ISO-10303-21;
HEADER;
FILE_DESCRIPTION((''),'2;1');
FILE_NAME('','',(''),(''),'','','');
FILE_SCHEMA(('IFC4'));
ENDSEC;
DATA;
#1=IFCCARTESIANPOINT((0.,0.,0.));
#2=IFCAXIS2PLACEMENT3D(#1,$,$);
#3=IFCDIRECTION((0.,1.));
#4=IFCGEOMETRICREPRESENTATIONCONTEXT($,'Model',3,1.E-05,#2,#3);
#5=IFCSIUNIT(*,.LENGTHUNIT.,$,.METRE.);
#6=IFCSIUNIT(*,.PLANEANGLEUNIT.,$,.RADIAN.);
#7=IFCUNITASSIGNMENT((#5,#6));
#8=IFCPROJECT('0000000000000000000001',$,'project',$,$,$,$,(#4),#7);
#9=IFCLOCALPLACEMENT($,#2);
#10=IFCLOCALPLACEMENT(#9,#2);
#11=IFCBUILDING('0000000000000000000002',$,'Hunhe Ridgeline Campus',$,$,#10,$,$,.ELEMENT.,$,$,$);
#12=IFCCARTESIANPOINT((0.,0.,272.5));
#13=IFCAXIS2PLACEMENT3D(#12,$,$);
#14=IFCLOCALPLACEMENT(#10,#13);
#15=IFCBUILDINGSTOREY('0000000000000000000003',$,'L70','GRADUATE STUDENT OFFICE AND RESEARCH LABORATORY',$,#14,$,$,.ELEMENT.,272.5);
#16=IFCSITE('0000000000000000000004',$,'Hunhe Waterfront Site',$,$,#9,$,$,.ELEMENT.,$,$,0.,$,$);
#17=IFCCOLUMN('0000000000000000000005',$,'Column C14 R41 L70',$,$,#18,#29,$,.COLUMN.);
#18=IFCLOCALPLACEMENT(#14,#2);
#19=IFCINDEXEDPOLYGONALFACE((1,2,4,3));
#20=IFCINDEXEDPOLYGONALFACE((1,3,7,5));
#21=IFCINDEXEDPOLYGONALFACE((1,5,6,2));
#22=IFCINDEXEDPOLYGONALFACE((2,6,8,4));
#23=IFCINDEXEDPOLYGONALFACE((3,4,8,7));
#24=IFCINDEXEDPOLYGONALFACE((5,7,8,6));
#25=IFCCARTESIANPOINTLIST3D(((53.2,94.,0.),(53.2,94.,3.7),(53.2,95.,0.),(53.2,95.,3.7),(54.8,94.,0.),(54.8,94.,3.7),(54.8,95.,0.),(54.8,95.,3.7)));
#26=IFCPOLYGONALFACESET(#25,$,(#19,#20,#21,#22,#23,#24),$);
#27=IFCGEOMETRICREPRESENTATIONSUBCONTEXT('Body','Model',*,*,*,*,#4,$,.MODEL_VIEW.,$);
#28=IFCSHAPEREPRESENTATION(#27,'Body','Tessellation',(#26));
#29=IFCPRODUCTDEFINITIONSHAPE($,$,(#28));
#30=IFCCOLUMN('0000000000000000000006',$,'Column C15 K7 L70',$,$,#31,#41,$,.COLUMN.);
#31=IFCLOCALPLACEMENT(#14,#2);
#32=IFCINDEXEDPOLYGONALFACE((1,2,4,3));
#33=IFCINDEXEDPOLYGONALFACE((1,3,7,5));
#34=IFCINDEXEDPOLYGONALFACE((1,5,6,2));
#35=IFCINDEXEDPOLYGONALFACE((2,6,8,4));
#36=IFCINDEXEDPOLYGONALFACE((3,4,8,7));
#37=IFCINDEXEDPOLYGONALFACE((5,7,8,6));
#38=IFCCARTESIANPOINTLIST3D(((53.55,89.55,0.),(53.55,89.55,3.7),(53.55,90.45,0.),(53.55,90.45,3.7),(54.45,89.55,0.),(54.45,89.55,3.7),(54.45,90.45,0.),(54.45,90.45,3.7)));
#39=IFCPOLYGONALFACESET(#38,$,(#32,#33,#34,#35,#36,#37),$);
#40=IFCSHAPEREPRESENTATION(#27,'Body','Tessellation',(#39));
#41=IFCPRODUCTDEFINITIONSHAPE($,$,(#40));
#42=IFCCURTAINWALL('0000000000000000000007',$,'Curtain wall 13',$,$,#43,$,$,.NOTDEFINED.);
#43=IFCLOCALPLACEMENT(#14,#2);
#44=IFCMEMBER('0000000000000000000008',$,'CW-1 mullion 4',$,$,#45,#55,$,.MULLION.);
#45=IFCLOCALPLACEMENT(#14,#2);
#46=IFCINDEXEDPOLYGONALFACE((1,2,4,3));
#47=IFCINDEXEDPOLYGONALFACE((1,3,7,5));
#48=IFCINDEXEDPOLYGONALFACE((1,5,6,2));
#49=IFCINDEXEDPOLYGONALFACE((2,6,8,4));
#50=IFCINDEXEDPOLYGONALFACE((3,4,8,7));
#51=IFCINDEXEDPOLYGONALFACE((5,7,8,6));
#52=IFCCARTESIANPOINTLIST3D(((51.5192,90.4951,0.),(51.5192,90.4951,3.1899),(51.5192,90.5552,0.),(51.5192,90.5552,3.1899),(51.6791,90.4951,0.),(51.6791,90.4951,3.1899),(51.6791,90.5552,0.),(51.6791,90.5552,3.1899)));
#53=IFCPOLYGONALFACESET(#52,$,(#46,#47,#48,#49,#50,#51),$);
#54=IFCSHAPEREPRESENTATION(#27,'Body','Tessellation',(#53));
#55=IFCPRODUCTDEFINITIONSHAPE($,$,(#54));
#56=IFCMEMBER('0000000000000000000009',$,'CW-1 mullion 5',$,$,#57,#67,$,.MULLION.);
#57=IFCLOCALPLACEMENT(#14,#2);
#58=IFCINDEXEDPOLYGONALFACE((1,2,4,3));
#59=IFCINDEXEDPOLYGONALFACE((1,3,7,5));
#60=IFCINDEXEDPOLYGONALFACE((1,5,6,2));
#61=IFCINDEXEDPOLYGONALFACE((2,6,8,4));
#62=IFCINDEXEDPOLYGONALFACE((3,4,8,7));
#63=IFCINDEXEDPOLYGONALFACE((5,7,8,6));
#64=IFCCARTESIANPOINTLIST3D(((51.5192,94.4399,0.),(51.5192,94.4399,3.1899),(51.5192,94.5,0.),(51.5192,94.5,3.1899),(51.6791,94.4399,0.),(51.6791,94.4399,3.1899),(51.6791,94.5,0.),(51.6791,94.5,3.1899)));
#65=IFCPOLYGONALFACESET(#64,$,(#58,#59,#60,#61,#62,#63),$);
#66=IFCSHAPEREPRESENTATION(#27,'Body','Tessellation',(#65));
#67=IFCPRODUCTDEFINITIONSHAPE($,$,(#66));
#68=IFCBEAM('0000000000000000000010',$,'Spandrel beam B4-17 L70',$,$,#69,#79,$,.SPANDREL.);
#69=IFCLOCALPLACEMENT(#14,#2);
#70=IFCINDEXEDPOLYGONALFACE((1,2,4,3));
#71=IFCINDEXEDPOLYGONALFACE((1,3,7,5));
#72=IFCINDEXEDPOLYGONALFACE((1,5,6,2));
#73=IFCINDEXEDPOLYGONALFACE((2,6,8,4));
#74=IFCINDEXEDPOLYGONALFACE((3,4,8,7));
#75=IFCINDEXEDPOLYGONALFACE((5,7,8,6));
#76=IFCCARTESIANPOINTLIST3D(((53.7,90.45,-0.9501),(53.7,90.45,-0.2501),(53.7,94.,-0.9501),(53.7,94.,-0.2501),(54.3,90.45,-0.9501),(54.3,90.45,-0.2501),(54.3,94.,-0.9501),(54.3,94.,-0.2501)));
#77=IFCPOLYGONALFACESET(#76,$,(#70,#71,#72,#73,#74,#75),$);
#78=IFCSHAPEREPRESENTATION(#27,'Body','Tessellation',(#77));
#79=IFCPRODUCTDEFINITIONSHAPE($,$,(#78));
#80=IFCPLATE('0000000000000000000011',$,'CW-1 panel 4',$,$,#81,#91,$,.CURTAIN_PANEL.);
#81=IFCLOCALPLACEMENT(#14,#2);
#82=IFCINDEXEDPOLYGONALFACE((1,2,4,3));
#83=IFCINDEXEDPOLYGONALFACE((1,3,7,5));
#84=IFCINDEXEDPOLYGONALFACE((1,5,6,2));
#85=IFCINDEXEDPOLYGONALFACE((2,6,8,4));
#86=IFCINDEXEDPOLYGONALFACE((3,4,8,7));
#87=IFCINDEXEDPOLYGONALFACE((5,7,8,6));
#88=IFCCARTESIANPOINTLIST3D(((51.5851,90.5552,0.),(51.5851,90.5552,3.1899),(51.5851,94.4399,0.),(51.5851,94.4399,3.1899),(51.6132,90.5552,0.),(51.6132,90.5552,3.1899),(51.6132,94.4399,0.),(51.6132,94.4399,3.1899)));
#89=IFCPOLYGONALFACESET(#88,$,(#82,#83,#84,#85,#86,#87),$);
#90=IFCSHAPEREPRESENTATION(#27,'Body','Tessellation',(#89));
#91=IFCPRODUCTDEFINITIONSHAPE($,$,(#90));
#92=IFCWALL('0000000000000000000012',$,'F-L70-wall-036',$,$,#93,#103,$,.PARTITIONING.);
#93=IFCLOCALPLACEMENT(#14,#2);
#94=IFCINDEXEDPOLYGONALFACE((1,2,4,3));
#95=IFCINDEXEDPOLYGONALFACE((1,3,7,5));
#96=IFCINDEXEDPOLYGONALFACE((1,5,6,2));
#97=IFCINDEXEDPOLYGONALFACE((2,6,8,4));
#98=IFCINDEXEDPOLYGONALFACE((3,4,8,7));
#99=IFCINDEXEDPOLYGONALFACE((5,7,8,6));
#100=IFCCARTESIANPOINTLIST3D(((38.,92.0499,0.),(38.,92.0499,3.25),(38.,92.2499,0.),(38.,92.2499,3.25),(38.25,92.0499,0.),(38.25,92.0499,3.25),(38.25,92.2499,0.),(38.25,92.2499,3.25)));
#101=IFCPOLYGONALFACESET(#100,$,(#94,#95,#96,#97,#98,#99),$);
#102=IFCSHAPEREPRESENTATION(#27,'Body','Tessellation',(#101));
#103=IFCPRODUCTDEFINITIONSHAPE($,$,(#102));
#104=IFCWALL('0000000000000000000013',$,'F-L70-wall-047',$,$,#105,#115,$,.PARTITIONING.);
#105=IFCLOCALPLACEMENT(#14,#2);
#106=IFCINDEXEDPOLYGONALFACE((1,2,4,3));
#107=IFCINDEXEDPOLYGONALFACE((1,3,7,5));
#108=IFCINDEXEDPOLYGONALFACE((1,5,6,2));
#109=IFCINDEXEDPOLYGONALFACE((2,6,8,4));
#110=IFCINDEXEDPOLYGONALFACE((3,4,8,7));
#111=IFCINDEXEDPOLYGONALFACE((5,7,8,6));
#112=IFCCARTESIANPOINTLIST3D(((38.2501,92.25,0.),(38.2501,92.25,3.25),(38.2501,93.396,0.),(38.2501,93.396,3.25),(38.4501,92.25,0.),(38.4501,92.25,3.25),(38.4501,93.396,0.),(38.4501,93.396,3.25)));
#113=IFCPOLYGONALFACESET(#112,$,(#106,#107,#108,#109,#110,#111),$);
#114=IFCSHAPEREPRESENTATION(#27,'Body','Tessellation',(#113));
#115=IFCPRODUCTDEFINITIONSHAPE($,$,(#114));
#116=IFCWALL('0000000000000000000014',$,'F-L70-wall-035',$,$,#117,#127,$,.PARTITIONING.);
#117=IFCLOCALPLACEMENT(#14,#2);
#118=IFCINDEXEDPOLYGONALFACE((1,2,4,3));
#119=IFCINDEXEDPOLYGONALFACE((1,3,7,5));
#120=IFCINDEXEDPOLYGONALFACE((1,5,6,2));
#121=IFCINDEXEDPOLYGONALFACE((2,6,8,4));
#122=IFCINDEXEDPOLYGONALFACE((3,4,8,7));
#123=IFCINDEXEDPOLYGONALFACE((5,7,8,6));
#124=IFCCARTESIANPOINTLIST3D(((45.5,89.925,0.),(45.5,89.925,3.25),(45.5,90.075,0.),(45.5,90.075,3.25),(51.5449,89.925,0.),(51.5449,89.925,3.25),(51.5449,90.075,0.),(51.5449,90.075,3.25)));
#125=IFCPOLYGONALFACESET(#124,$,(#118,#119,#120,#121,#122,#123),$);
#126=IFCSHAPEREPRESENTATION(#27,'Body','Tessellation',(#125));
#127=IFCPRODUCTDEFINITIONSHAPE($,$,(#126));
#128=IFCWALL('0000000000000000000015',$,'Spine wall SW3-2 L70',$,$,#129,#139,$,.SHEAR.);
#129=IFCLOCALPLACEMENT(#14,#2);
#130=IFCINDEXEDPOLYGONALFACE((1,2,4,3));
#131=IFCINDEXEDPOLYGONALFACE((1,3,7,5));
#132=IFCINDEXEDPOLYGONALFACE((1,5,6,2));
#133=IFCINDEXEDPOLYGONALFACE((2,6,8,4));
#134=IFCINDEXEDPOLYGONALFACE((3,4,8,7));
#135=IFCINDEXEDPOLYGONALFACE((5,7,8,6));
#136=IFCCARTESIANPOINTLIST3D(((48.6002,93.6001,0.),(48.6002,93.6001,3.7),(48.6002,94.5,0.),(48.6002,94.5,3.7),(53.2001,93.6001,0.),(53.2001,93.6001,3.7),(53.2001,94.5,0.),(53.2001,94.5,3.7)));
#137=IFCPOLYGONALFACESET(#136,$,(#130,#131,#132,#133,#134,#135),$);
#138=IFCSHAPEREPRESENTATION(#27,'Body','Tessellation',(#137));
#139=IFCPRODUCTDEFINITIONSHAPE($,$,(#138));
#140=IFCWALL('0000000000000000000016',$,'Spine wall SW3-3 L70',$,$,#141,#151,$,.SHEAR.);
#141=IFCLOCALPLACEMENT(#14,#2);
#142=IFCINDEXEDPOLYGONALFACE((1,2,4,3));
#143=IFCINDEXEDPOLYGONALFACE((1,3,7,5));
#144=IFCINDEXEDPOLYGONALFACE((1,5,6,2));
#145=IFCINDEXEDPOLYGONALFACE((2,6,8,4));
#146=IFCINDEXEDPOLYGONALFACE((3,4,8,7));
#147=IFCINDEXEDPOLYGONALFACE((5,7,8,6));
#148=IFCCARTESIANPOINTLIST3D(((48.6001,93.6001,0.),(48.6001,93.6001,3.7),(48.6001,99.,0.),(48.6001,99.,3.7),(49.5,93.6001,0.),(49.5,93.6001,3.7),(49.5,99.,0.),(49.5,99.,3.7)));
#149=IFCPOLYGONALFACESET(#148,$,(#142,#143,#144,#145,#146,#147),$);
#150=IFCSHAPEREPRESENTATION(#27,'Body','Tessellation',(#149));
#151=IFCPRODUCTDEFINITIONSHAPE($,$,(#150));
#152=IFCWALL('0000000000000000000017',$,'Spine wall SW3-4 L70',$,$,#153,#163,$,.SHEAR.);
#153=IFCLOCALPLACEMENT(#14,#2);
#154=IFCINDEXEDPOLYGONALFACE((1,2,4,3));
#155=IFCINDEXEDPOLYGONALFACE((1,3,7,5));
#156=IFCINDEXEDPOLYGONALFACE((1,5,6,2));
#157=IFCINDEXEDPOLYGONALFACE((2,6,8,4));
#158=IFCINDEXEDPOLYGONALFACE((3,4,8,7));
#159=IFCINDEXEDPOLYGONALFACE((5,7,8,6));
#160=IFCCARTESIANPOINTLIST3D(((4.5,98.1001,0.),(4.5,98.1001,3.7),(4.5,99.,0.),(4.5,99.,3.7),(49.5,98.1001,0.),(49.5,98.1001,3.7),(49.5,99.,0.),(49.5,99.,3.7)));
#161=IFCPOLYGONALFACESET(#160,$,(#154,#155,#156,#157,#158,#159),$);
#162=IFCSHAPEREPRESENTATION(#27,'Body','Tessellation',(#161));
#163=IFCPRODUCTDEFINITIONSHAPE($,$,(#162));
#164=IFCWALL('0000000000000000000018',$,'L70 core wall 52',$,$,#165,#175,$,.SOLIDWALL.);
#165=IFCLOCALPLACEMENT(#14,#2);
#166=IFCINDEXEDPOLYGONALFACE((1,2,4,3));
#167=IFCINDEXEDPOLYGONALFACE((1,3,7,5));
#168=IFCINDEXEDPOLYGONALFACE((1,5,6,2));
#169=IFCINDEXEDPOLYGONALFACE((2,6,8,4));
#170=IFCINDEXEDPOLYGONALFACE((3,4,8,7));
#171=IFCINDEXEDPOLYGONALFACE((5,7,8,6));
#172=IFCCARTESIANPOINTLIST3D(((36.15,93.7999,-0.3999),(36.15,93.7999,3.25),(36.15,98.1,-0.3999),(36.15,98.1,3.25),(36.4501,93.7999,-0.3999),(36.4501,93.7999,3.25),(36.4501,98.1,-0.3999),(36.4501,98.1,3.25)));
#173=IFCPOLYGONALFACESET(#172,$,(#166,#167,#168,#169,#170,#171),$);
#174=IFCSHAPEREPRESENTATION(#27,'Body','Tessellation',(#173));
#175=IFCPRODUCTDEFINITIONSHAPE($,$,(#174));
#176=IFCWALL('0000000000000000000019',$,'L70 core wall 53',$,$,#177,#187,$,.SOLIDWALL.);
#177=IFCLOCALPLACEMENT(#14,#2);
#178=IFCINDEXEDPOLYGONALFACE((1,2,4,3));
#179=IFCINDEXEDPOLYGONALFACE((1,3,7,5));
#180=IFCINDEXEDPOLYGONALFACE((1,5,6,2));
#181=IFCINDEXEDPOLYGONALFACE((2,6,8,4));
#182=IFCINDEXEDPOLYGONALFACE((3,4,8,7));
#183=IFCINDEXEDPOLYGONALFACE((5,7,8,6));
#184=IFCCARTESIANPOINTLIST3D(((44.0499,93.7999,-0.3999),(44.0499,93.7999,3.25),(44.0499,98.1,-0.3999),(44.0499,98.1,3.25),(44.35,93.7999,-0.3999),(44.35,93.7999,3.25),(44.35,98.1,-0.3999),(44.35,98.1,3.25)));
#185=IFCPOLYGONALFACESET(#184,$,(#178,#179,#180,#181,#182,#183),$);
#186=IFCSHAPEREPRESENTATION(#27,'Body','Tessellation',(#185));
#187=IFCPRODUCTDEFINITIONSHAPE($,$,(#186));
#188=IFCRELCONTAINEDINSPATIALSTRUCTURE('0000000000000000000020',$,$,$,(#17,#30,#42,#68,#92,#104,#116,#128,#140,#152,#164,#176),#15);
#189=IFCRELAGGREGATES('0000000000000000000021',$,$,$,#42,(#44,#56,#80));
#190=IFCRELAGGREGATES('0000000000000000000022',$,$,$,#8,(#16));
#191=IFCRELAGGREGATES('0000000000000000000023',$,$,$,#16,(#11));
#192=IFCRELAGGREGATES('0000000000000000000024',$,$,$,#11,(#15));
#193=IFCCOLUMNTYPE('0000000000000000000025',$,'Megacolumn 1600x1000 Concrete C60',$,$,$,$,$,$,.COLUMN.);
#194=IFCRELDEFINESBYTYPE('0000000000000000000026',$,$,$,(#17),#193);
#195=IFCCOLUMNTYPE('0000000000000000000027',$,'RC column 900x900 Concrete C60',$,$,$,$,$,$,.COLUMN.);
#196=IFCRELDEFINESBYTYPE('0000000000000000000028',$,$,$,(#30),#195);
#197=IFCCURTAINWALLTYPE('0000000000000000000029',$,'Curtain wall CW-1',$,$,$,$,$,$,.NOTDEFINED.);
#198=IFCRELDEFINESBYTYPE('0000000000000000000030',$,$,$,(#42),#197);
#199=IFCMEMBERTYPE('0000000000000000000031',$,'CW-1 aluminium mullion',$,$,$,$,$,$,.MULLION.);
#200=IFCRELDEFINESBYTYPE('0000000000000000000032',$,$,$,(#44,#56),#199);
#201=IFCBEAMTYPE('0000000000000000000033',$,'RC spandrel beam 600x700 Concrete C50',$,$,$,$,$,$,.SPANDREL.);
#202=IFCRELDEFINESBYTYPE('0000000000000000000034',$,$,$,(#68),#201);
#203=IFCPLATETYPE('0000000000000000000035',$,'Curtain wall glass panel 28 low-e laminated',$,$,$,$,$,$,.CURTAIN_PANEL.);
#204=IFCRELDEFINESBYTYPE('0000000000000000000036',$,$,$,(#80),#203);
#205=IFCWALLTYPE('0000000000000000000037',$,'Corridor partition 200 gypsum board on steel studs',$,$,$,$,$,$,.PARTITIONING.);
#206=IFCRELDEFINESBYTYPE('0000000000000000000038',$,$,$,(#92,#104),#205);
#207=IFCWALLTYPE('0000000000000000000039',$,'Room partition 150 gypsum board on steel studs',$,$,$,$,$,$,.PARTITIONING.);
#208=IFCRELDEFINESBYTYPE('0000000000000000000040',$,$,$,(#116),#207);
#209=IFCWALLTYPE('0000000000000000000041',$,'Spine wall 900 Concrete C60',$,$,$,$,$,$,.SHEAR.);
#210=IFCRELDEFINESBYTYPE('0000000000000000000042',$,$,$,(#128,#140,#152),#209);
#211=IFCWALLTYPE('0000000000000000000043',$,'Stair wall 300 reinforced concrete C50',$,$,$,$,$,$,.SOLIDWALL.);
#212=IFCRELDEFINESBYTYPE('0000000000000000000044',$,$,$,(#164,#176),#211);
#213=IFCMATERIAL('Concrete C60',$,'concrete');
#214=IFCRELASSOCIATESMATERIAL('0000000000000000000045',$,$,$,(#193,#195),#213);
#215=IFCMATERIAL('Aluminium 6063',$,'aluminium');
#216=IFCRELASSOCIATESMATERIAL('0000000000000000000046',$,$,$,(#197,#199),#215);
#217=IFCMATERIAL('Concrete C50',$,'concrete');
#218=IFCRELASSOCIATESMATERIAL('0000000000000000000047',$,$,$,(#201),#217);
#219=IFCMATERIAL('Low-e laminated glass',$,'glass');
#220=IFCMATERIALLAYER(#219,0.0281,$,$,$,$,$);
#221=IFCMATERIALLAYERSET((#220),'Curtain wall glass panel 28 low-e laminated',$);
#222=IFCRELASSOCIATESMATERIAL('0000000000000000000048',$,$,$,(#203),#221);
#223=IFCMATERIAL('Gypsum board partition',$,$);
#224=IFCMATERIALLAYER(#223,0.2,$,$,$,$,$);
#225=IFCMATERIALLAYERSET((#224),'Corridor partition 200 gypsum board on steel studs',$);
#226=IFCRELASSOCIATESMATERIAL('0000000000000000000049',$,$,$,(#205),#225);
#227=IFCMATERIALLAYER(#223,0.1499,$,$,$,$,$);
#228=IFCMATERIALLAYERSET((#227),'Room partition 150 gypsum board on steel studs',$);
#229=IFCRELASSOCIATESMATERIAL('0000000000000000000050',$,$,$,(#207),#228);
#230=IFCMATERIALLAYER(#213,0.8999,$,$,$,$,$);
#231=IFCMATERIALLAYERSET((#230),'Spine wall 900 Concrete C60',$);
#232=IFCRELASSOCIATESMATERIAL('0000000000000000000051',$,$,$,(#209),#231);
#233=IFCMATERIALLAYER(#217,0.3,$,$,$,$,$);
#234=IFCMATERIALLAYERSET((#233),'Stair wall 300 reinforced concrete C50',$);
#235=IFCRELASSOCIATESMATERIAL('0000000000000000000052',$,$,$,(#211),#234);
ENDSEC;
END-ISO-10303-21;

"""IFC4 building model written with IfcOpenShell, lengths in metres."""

from ifc_helpers import new_model, si_unit, direction, frame, frame_2d, origin, origin_2d, place, context, subcontext, project, spatial, rectangle, extrude, material, layer, layer_set, material_profile, profile_set, type_object, element, aggregate, save


model = new_model("IFC4")

# Units and contexts
model_context = context("Model", 3, precision=1e-05, world=origin(), true_north=direction((0.0, 1.0)))
body_context = subcontext(model_context, "Body", "Model", "MODEL_VIEW")
ifc_project = project(units=[si_unit("LENGTHUNIT", "METRE"), si_unit("PLANEANGLEUNIT", "RADIAN")], contexts=[model_context])

# Site, building, storey
site_placement = place(None, origin())
site = spatial("IfcSite", under=ifc_project, at=site_placement, Name="Hunhe Waterfront Site", CompositionType="ELEMENT", RefElevation=0.0)
building_placement = place(site_placement, origin())
building = spatial("IfcBuilding", under=site, at=building_placement, Name="Hunhe Ridgeline Campus", CompositionType="ELEMENT")
storey_placement = place(building_placement, frame((0.0, 0.0, 272.5)))
storey = spatial("IfcBuildingStorey", under=building, at=storey_placement, Name="L70", Description="GRADUATE STUDENT OFFICE AND RESEARCH LABORATORY", CompositionType="ELEMENT", Elevation=272.5)

# Columns
ifc_material_1 = material(Name="Concrete C60", Category="concrete")
ifc_material_profile_1 = material_profile(ifc_material_1, rectangle(XDim=1.6001, YDim=1.0, at=origin_2d()))
ifc_profile_set_1 = profile_set([ifc_material_profile_1], Name="Concrete C60")
column_type_1 = type_object("IfcColumnType", Name="Megacolumn 1600x1000 Concrete C60", PredefinedType="COLUMN", material=ifc_profile_set_1)
column_1_placement = place(storey_placement, frame((54.0, 94.5, 0.0), z_axis=(0.0, 0.0, 1.0), x_axis=(1.0, 0.0, 0.0)))
element("IfcColumn", 1, at=column_1_placement, inside=storey, type_object=column_type_1, Name="Column C14 R41 L70", PredefinedType="COLUMN", context=body_context, shape_type="SweptSolid", body=[
    extrude(rectangle(XDim=1.6001, YDim=1.0, at=origin_2d()), origin(), (0.0, 0.0, 1.0), 3.7),
])
ifc_material_profile_2 = material_profile(ifc_material_1, rectangle(XDim=0.8999, YDim=0.8999, at=origin_2d()))
ifc_profile_set_2 = profile_set([ifc_material_profile_2], Name="Concrete C60")
column_type_2 = type_object("IfcColumnType", Name="RC column 900x900 Concrete C60", PredefinedType="COLUMN", material=ifc_profile_set_2)
column_2_placement = place(storey_placement, frame((54.0, 90.0, 0.0), z_axis=(0.0, 0.0, 1.0), x_axis=(1.0, 0.0, 0.0)))
element("IfcColumn", 2, at=column_2_placement, inside=storey, type_object=column_type_2, Name="Column C15 K7 L70", PredefinedType="COLUMN", context=body_context, shape_type="SweptSolid", body=[
    extrude(rectangle(XDim=0.8999, YDim=0.8999, at=origin_2d()), origin(), (0.0, 0.0, 1.0), 3.7),
])

# Curtain wall, members
ifc_material_2 = material(Name="Aluminium 6063", Category="aluminium")
curtain_wall_type = type_object("IfcCurtainWallType", Name="Curtain wall CW-1", PredefinedType="NOTDEFINED", material=ifc_material_2)
curtain_wall_placement = place(storey_placement, origin())
curtain_wall = element("IfcCurtainWall", 3, at=curtain_wall_placement, inside=storey, type_object=curtain_wall_type, Name="Curtain wall 13", PredefinedType="NOTDEFINED")
ifc_material_profile_3 = material_profile(ifc_material_2, rectangle(XDim=0.1599, YDim=0.0601, at=origin_2d()))
ifc_profile_set_3 = profile_set([ifc_material_profile_3], Name="Aluminium 6063")
member_type = type_object("IfcMemberType", Name="CW-1 aluminium mullion", PredefinedType="MULLION", material=ifc_profile_set_3)
member_1_placement = place(storey_placement, frame((51.5991, 90.5251, 0.0), z_axis=(0.0, 0.0, 1.0), x_axis=(-1.0, 0.0, 0.0)))
member_1 = element("IfcMember", 4, at=member_1_placement, type_object=member_type, Name="CW-1 mullion 4", PredefinedType="MULLION", context=body_context, shape_type="SweptSolid", body=[
    extrude(rectangle(XDim=0.1599, YDim=0.0601, at=origin_2d()), origin(), (0.0, 0.0, 1.0), 3.1899),
])
member_2_placement = place(storey_placement, frame((51.5991, 94.47, 0.0), z_axis=(0.0, 0.0, 1.0), x_axis=(-1.0, 0.0, 0.0)))
member_2 = element("IfcMember", 5, at=member_2_placement, type_object=member_type, Name="CW-1 mullion 5", PredefinedType="MULLION", context=body_context, shape_type="SweptSolid", body=[
    extrude(rectangle(XDim=0.1599, YDim=0.0601, at=origin_2d()), origin(), (0.0, 0.0, 1.0), 3.1899),
])

# Beam
ifc_material_3 = material(Name="Concrete C50", Category="concrete")
ifc_material_profile_4 = material_profile(ifc_material_3, rectangle(XDim=0.6001, YDim=0.7, at=origin_2d()))
ifc_profile_set_4 = profile_set([ifc_material_profile_4], Name="Concrete C50")
beam_type = type_object("IfcBeamType", Name="RC spandrel beam 600x700 Concrete C50", PredefinedType="SPANDREL", material=ifc_profile_set_4)
beam_placement = place(storey_placement, frame((54.0, 90.45, -0.6001), z_axis=(0.0, 1.0, 0.0), x_axis=(-1.0, 0.0, 0.0)))
element("IfcBeam", 6, at=beam_placement, inside=storey, type_object=beam_type, Name="Spandrel beam B4-17 L70", PredefinedType="SPANDREL", context=body_context, shape_type="SweptSolid", body=[
    extrude(rectangle(XDim=0.6001, YDim=0.7, at=origin_2d()), origin(), (0.0, 0.0, 1.0), 3.55),
])

# Plate
ifc_material_4 = material(Name="Low-e laminated glass", Category="glass")
ifc_layer_1 = layer(ifc_material_4, 0.0281)
ifc_layer_set_1 = layer_set([ifc_layer_1], Name="Curtain wall glass panel 28 low-e laminated")
plate_type = type_object("IfcPlateType", Name="Curtain wall glass panel 28 low-e laminated", PredefinedType="CURTAIN_PANEL", material=ifc_layer_set_1)
plate_placement = place(storey_placement, frame((51.5991, 92.4976, 0.0), z_axis=(0.0, 0.0, 1.0), x_axis=(0.0, 1.0, 0.0)))
plate = element("IfcPlate", 7, at=plate_placement, type_object=plate_type, Name="CW-1 panel 4", PredefinedType="CURTAIN_PANEL", context=body_context, shape_type="SweptSolid", body=[
    extrude(rectangle(XDim=3.8848, YDim=0.0281, at=origin_2d()), origin(), (0.0, 0.0, 1.0), 3.1899),
])
aggregate(curtain_wall, [member_1, member_2, plate])

# Wall
ifc_material_5 = material(Name="Gypsum board partition")
ifc_layer_2 = layer(ifc_material_5, 0.2)
ifc_layer_set_2 = layer_set([ifc_layer_2], Name="Corridor partition 200 gypsum board on steel studs")
wall_type_1 = type_object("IfcWallType", Name="Corridor partition 200 gypsum board on steel studs", PredefinedType="PARTITIONING", material=ifc_layer_set_2)
wall_1_placement = place(storey_placement, frame((38.25, 92.1499, 0.0), z_axis=(0.0, 0.0, 1.0), x_axis=(-1.0, 0.0, 0.0)))
element("IfcWall", 8, at=wall_1_placement, inside=storey, type_object=wall_type_1, Name="F-L70-wall-036", PredefinedType="PARTITIONING", context=body_context, shape_type="SweptSolid", body=[
    extrude(rectangle(XDim=0.25, YDim=0.2, at=frame_2d((0.125, 0.0))), origin(), (0.0, 0.0, 1.0), 3.25),
])

# Walls
wall_2_placement = place(storey_placement, frame((38.3501, 93.396, 0.0), z_axis=(0.0, 0.0, 1.0), x_axis=(0.0, -1.0, 0.0)))
element("IfcWall", 9, at=wall_2_placement, inside=storey, type_object=wall_type_1, Name="F-L70-wall-047", PredefinedType="PARTITIONING", context=body_context, shape_type="SweptSolid", body=[
    extrude(rectangle(XDim=1.146, YDim=0.2, at=frame_2d((0.573, 0.0))), origin(), (0.0, 0.0, 1.0), 3.25),
])
ifc_layer_3 = layer(ifc_material_5, 0.1499)
ifc_layer_set_3 = layer_set([ifc_layer_3], Name="Room partition 150 gypsum board on steel studs")
wall_type_2 = type_object("IfcWallType", Name="Room partition 150 gypsum board on steel studs", PredefinedType="PARTITIONING", material=ifc_layer_set_3)
wall_3_placement = place(storey_placement, frame((45.5, 90.0, 0.0), z_axis=(0.0, 0.0, 1.0), x_axis=(1.0, 0.0, 0.0)))
element("IfcWall", 10, at=wall_3_placement, inside=storey, type_object=wall_type_2, Name="F-L70-wall-035", PredefinedType="PARTITIONING", context=body_context, shape_type="SweptSolid", body=[
    extrude(rectangle(XDim=6.0449, YDim=0.1499, at=frame_2d((3.0225, 0.0))), origin(), (0.0, 0.0, 1.0), 3.25),
])
ifc_layer_4 = layer(ifc_material_1, 0.8999)
ifc_layer_set_4 = layer_set([ifc_layer_4], Name="Spine wall 900 Concrete C60")
wall_type_3 = type_object("IfcWallType", Name="Spine wall 900 Concrete C60", PredefinedType="SHEAR", material=ifc_layer_set_4)
wall_4_placement = place(storey_placement, frame((53.2, 94.05, 0.0), z_axis=(0.0, 0.0, 1.0), x_axis=(-1.0, 0.0, 0.0)))
element("IfcWall", 11, at=wall_4_placement, inside=storey, type_object=wall_type_3, Name="Spine wall SW3-2 L70", PredefinedType="SHEAR", context=body_context, shape_type="SweptSolid", body=[
    extrude(rectangle(XDim=4.5999, YDim=0.8999, at=frame_2d((2.2998, 0.0))), origin(), (0.0, 0.0, 1.0), 3.7),
])
wall_5_placement = place(storey_placement, frame((49.05, 93.6001, 0.0), z_axis=(0.0, 0.0, 1.0), x_axis=(0.0, 1.0, 0.0)))
element("IfcWall", 12, at=wall_5_placement, inside=storey, type_object=wall_type_3, Name="Spine wall SW3-3 L70", PredefinedType="SHEAR", context=body_context, shape_type="SweptSolid", body=[
    extrude(rectangle(XDim=5.3999, YDim=0.8999, at=frame_2d((2.7, 0.0))), origin(), (0.0, 0.0, 1.0), 3.7),
])
wall_6_placement = place(storey_placement, frame((49.5, 98.55, 0.0), z_axis=(0.0, 0.0, 1.0), x_axis=(-1.0, 0.0, 0.0)))
element("IfcWall", 13, at=wall_6_placement, inside=storey, type_object=wall_type_3, Name="Spine wall SW3-4 L70", PredefinedType="SHEAR", context=body_context, shape_type="SweptSolid", body=[
    extrude(rectangle(XDim=45.0, YDim=0.8999, at=frame_2d((22.5, 0.0))), origin(), (0.0, 0.0, 1.0), 3.7),
])

# Shared definitions
ifc_layer_5 = layer(ifc_material_3, 0.3)
ifc_layer_set_5 = layer_set([ifc_layer_5], Name="Stair wall 300 reinforced concrete C50")
wall_type_4 = type_object("IfcWallType", Name="Stair wall 300 reinforced concrete C50", PredefinedType="SOLIDWALL", material=ifc_layer_set_5)

# Walls
for number, where, z_axis, x_axis, name in (
    (14, (36.3, 93.8, -0.3999), (0.0, 0.0, 1.0), (0.0, 1.0, 0.0), "L70 core wall 52"),
    (15, (44.2, 93.8, -0.3999), (0.0, 0.0, 1.0), (0.0, 1.0, 0.0), "L70 core wall 53"),
):
    element("IfcWall", number, at=place(storey_placement, frame(where, z_axis=z_axis, x_axis=x_axis)), inside=storey, type_object=wall_type_4, Name=name, PredefinedType="SOLIDWALL", context=body_context, shape_type="SweptSolid", body=[
        extrude(rectangle(XDim=4.3, YDim=0.3, at=frame_2d((2.1499, 0.0))), origin(), (0.0, 0.0, 1.0), 3.6499),
    ])

save(model, "model.ifc")
